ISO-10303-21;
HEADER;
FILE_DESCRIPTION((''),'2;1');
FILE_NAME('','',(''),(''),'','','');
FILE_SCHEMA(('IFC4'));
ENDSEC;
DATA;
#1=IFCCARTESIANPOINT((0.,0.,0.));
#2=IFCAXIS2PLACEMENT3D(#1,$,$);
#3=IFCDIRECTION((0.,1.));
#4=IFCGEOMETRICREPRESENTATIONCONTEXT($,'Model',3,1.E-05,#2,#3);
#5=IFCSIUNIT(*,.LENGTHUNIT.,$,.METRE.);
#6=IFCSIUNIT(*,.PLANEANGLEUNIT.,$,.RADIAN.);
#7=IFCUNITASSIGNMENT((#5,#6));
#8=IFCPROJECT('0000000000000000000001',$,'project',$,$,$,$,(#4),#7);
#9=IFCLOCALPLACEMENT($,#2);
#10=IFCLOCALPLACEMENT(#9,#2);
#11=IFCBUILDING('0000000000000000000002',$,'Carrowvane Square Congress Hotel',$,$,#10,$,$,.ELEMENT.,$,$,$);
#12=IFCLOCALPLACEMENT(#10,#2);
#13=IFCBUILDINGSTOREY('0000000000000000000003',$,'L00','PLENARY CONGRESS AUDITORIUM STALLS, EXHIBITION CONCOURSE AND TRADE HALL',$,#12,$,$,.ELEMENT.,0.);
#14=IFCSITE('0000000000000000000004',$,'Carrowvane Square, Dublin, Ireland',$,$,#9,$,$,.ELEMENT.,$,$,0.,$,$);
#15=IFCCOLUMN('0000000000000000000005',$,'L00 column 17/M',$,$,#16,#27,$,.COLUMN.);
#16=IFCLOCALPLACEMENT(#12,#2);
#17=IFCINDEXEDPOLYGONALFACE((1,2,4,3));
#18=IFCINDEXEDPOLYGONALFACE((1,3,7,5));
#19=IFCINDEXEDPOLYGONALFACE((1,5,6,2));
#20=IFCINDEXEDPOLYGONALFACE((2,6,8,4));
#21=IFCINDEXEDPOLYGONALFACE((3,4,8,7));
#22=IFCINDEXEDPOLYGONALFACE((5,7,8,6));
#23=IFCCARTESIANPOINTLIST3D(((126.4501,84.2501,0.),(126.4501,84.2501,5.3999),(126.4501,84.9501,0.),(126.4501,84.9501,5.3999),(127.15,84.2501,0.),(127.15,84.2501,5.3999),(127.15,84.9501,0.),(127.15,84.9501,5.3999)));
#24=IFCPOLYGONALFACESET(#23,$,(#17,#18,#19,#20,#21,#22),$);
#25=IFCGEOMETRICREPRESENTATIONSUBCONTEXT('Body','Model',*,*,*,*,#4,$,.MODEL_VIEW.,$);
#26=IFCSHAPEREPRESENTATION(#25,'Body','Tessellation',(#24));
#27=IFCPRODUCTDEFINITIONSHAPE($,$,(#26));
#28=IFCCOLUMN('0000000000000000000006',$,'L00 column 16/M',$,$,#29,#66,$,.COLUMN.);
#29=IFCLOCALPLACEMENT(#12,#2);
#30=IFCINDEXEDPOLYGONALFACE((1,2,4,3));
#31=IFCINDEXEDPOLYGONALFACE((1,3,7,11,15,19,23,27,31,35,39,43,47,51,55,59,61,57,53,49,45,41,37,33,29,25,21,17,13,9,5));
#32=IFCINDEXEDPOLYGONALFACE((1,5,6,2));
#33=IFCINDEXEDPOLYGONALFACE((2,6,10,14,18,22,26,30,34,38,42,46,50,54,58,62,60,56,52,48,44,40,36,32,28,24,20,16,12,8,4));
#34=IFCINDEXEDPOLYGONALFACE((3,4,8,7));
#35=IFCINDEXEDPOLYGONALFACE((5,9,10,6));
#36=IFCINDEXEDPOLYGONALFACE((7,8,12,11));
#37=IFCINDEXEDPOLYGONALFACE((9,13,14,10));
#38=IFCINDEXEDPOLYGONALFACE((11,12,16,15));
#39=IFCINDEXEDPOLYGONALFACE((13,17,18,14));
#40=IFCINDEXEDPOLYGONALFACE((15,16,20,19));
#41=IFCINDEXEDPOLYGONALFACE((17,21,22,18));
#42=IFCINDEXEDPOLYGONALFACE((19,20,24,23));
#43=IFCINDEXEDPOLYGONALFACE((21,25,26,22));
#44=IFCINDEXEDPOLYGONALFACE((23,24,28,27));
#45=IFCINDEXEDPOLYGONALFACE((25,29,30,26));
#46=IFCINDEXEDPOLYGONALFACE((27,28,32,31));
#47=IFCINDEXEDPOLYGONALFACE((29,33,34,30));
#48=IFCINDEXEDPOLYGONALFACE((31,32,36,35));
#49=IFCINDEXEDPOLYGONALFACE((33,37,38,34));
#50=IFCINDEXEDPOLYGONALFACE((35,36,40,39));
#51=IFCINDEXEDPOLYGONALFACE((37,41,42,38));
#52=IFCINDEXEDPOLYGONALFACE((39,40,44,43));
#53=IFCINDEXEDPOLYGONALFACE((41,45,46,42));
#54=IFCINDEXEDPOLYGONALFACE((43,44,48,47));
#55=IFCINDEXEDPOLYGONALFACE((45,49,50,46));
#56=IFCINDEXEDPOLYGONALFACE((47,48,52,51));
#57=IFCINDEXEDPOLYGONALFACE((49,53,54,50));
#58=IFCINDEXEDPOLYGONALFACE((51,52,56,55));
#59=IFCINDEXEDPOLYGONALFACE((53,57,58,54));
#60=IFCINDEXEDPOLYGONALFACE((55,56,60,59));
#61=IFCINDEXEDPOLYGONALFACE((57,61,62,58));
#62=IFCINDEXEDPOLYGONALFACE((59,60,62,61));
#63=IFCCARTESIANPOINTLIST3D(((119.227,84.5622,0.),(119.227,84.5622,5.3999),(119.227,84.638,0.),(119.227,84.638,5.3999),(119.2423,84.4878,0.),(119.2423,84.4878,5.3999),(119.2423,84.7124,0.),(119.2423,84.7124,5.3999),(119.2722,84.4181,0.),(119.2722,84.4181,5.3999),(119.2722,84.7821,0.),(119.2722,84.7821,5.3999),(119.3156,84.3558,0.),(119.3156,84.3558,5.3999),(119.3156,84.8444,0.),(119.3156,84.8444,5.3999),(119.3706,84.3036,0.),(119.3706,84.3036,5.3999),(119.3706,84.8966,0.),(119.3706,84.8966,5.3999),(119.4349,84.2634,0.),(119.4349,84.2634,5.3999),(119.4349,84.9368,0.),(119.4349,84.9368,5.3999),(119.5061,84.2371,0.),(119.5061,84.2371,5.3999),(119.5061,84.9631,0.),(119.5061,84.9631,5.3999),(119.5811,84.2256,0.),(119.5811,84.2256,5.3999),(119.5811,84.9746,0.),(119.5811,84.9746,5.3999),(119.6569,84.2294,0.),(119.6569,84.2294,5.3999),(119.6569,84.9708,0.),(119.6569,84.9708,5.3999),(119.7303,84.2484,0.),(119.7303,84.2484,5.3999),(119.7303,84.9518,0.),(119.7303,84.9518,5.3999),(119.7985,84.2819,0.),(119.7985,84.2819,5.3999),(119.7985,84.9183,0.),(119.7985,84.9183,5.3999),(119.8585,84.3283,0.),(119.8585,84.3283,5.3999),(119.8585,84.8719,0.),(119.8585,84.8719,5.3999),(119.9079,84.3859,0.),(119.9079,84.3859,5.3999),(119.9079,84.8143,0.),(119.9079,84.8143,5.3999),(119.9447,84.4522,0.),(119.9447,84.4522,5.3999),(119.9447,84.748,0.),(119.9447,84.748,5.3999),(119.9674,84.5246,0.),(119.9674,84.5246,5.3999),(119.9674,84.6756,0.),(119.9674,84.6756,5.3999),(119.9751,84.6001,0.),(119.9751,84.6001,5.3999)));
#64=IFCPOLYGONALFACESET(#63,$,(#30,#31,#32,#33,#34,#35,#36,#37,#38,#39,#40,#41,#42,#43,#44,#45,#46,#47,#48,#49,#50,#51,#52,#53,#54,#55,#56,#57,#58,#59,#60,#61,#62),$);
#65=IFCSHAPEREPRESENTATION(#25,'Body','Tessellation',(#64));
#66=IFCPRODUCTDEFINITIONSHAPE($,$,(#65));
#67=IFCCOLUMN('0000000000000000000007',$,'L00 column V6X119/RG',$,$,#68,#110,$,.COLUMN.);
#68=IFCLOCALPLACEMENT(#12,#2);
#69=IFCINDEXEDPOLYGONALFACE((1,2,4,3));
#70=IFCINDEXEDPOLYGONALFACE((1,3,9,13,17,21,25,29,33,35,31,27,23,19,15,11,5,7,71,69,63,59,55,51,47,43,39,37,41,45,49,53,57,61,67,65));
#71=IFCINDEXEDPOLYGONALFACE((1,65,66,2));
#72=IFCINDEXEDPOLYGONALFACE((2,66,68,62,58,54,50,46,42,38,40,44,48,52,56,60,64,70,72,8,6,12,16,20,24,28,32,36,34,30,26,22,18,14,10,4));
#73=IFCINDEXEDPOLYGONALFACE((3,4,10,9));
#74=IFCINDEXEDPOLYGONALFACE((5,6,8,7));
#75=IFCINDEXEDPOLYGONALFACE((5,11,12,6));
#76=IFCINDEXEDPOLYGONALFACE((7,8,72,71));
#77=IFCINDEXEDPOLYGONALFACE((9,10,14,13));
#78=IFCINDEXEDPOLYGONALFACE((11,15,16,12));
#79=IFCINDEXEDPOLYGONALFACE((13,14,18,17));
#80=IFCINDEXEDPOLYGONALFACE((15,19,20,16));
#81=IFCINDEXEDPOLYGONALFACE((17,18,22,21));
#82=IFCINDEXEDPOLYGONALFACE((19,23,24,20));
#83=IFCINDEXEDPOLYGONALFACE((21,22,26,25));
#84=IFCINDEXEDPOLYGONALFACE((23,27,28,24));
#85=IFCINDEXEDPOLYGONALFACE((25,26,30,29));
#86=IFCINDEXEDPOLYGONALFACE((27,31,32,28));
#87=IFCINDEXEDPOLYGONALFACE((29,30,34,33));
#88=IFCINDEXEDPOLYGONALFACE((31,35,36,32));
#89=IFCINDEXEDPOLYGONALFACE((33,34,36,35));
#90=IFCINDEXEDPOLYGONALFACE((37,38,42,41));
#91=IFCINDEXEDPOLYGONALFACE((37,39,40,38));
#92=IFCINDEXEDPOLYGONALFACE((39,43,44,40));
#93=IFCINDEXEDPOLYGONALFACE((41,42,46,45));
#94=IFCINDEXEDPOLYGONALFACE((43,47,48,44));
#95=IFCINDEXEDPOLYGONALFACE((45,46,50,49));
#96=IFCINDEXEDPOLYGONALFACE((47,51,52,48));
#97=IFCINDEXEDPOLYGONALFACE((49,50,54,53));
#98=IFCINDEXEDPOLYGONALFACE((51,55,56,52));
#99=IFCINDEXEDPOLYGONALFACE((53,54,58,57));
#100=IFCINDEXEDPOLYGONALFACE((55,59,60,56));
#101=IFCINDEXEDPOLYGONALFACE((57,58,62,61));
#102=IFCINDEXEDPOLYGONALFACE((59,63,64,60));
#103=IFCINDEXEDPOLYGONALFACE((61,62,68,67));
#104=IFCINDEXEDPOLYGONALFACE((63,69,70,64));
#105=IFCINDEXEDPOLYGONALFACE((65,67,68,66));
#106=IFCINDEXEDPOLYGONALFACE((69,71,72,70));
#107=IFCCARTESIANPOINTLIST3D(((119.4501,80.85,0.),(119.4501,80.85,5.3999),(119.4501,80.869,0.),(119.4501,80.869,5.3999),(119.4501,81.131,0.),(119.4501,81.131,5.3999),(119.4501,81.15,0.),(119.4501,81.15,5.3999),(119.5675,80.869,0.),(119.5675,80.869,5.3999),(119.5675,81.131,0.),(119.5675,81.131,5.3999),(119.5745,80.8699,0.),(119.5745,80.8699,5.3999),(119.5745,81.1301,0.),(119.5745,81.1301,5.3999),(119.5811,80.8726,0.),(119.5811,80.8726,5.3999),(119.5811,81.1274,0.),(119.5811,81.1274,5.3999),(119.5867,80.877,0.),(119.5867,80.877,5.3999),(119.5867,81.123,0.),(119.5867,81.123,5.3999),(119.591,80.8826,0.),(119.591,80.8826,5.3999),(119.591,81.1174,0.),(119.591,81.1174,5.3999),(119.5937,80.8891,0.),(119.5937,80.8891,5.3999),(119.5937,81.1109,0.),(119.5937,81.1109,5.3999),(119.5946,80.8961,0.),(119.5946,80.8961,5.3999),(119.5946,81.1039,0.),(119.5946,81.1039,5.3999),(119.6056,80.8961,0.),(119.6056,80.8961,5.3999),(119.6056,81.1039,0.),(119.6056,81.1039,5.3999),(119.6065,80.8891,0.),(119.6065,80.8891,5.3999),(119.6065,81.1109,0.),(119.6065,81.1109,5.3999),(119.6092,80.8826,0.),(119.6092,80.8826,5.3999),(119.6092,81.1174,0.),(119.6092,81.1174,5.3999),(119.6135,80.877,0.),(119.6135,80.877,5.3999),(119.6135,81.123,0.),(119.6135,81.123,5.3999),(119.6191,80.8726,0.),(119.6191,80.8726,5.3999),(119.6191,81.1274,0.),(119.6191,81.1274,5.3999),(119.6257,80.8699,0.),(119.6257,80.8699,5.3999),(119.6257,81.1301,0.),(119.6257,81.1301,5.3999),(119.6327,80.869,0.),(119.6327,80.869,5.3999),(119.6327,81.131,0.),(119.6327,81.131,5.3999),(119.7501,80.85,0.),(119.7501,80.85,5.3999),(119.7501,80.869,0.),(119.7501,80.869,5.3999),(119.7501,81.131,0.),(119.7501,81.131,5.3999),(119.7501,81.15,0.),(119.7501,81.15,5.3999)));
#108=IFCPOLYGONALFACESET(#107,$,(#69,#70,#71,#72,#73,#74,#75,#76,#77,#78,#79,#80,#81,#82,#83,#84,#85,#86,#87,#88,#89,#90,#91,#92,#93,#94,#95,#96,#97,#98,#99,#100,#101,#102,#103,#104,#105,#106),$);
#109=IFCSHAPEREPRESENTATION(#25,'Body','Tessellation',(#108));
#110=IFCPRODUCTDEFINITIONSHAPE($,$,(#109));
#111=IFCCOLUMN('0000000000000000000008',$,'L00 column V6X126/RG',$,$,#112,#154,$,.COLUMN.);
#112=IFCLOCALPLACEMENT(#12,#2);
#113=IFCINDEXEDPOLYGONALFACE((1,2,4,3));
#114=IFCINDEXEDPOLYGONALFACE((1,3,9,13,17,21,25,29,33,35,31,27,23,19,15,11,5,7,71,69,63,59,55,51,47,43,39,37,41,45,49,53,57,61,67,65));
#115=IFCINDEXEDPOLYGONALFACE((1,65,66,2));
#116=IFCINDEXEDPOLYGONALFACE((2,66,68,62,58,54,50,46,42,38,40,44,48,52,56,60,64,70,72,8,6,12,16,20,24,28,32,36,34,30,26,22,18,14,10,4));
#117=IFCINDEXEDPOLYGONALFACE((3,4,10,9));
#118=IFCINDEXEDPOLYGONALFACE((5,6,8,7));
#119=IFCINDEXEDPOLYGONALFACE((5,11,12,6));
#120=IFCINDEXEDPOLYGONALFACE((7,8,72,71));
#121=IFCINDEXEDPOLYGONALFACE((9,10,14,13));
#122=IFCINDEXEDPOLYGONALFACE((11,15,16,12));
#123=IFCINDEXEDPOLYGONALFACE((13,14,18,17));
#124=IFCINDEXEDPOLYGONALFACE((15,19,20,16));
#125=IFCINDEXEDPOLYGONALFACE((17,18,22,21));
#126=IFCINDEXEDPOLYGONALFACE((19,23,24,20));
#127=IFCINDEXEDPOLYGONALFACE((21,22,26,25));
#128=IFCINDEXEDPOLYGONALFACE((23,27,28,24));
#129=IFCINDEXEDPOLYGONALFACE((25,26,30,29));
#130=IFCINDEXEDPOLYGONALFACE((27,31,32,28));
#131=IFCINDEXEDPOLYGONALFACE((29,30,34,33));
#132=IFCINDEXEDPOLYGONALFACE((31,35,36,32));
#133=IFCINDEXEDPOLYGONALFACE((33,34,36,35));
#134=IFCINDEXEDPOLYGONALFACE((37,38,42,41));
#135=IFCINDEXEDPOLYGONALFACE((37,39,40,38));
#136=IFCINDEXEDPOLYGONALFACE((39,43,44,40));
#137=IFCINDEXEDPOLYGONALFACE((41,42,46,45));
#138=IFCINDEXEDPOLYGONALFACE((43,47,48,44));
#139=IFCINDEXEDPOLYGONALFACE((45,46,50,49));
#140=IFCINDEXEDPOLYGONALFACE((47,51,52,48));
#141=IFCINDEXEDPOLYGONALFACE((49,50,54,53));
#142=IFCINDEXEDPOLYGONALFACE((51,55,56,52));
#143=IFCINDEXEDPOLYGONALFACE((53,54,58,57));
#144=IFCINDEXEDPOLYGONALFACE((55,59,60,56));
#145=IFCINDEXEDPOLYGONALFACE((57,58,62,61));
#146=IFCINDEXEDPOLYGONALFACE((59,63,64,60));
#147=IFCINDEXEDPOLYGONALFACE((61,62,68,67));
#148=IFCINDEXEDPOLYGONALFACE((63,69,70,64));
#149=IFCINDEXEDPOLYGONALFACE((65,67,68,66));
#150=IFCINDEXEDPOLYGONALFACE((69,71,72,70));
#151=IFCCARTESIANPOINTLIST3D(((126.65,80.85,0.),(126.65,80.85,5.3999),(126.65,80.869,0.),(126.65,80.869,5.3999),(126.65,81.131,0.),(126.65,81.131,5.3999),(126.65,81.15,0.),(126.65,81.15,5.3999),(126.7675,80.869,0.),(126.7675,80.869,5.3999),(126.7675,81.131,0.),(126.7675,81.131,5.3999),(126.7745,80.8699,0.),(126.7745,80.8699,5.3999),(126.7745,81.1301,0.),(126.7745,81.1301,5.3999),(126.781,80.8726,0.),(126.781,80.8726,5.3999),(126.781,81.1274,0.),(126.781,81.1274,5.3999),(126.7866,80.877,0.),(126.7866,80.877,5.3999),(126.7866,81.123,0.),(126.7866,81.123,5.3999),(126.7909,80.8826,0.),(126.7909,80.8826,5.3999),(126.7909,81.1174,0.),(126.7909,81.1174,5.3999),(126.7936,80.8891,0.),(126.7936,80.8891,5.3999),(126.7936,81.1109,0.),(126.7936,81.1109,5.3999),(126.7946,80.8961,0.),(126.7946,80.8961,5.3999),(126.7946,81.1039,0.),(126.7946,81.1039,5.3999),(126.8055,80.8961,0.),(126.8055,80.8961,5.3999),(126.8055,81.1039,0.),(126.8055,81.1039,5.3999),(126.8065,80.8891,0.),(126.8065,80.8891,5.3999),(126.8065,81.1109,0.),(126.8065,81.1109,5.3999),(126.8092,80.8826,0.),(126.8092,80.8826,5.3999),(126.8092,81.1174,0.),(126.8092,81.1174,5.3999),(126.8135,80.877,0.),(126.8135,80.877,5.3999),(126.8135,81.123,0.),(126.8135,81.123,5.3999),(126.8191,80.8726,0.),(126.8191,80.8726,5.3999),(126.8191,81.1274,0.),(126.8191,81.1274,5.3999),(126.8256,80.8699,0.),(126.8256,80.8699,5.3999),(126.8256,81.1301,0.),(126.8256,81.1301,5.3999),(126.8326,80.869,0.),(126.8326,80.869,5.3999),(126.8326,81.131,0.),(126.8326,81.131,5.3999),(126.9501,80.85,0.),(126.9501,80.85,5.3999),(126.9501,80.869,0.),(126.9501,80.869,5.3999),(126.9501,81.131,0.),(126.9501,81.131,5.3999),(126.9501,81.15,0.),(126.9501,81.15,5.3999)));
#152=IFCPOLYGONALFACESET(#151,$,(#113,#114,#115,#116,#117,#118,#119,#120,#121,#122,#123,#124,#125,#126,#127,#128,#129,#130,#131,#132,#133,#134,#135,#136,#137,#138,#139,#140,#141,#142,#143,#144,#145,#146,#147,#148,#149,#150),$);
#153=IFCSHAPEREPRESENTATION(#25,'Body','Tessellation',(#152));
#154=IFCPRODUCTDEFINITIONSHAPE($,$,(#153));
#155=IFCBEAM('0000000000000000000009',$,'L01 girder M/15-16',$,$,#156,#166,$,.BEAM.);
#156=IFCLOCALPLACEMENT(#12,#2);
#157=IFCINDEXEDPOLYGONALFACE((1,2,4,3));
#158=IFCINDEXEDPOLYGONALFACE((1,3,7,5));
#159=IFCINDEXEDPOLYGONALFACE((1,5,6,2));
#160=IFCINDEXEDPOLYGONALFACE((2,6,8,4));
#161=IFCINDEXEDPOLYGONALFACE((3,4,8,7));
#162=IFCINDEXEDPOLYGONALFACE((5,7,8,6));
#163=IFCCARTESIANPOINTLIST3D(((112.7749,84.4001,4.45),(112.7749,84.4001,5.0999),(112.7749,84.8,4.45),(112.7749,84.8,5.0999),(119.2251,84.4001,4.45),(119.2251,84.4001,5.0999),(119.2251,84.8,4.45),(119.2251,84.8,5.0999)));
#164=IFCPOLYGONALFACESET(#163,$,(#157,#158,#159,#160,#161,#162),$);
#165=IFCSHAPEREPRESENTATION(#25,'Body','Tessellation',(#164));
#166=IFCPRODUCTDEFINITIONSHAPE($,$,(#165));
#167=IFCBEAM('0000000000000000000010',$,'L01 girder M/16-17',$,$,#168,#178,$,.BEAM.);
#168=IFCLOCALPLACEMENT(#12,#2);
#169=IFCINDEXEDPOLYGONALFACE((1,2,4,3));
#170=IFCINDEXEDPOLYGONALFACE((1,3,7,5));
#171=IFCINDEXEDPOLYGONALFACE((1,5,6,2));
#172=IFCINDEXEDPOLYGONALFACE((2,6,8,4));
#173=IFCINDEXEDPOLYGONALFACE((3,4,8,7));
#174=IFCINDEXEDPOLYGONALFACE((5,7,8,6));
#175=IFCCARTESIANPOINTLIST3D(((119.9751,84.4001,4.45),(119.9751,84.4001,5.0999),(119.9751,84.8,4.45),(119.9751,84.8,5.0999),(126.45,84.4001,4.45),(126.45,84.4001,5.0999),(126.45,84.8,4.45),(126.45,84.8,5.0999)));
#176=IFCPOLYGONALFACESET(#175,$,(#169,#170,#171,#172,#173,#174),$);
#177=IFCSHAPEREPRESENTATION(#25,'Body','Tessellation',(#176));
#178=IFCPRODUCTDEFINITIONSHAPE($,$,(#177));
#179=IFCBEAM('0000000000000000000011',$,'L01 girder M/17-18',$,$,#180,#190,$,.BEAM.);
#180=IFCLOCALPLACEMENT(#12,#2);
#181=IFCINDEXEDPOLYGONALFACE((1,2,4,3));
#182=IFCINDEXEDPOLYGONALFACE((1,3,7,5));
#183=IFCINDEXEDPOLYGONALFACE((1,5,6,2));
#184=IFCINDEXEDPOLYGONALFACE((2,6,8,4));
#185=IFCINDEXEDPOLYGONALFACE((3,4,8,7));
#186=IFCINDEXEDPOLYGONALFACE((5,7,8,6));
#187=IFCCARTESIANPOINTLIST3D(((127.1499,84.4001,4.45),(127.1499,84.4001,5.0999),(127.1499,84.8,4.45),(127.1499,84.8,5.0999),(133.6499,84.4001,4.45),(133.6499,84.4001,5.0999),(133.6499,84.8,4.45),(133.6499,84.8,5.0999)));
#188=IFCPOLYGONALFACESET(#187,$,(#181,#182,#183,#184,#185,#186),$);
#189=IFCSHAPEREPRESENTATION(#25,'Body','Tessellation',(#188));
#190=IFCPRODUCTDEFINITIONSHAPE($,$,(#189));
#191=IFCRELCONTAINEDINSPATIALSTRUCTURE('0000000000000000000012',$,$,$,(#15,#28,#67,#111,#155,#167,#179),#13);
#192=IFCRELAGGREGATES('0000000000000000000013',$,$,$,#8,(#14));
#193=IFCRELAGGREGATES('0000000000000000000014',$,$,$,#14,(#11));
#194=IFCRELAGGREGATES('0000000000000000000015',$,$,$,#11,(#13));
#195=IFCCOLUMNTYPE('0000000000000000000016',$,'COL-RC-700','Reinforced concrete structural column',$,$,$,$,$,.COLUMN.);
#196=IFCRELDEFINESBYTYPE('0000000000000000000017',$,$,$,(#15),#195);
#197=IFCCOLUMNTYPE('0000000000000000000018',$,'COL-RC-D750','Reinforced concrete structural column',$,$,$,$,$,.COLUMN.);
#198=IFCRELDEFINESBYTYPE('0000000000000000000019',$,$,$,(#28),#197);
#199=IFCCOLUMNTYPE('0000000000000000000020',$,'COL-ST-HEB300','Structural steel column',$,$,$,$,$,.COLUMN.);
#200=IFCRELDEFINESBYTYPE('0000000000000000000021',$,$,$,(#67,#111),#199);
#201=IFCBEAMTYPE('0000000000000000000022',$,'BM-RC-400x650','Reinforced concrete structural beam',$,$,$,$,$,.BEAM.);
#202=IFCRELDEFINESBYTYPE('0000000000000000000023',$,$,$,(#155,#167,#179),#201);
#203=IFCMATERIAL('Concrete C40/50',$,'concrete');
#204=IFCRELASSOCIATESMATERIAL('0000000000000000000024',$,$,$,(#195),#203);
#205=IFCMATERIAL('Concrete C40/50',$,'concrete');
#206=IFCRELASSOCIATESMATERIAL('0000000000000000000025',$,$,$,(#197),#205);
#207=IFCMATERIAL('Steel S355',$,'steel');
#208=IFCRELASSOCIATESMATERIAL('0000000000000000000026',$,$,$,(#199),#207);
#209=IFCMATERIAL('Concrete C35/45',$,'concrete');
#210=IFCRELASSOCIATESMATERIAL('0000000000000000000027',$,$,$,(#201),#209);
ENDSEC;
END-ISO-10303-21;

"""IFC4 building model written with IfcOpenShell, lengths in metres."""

from ifc_helpers import new_model, si_unit, direction, frame, origin, origin_2d, place, context, subcontext, project, spatial, rectangle, circle, i_section, extrude, material, material_profile, profile_set, type_object, element, save


model = new_model("IFC4")

# Units and contexts
model_context = context("Model", 3, precision=1e-05, world=origin(), true_north=direction((0.0, 1.0)))
body_context = subcontext(model_context, "Body", "Model", "MODEL_VIEW")
ifc_project = project(units=[si_unit("LENGTHUNIT", "METRE"), si_unit("PLANEANGLEUNIT", "RADIAN")], contexts=[model_context])

# Site, building, storey
site_placement = place(None, origin())
site = spatial("IfcSite", under=ifc_project, at=site_placement, Name="Carrowvane Square, Dublin, Ireland", CompositionType="ELEMENT", RefElevation=0.0)
building_placement = place(site_placement, origin())
building = spatial("IfcBuilding", under=site, at=building_placement, Name="Carrowvane Square Congress Hotel", CompositionType="ELEMENT")
storey_placement = place(building_placement, origin())
storey = spatial("IfcBuildingStorey", under=building, at=storey_placement, Name="L00", Description="PLENARY CONGRESS AUDITORIUM STALLS, EXHIBITION CONCOURSE AND TRADE HALL", CompositionType="ELEMENT", Elevation=0.0)

# Columns
ifc_material_1 = material(Name="Concrete C40/50", Category="concrete")
ifc_material_profile_1 = material_profile(ifc_material_1, rectangle(XDim=0.7, YDim=0.7, at=origin_2d()), Name="RC 700x700")
ifc_profile_set_1 = profile_set([ifc_material_profile_1], Name="Concrete C40/50")
column_type_1 = type_object("IfcColumnType", Name="COL-RC-700", Description="Reinforced concrete structural column", PredefinedType="COLUMN", material=ifc_profile_set_1)
column_1_placement = place(storey_placement, frame((126.8, 84.6001, 0.0), z_axis=(0.0, 0.0, 1.0), x_axis=(1.0, 0.0, 0.0)))
element("IfcColumn", 1, at=column_1_placement, inside=storey, type_object=column_type_1, Name="L00 column 17/M", PredefinedType="COLUMN", context=body_context, shape_type="SweptSolid", body=[
    extrude(rectangle(XDim=0.7, YDim=0.7, at=origin_2d()), origin(), (0.0, 0.0, 1.0), 5.3999),
])
ifc_material_2 = material(Name="Concrete C40/50", Category="concrete")
ifc_material_profile_2 = material_profile(ifc_material_2, circle(Radius=0.375, at=origin_2d()), Name="RC D750")
ifc_profile_set_2 = profile_set([ifc_material_profile_2], Name="Concrete C40/50")
column_type_2 = type_object("IfcColumnType", Name="COL-RC-D750", Description="Reinforced concrete structural column", PredefinedType="COLUMN", material=ifc_profile_set_2)
column_2_placement = place(storey_placement, frame((119.6001, 84.6001, 0.0), z_axis=(0.0, 0.0, 1.0), x_axis=(1.0, 0.0, 0.0)))
element("IfcColumn", 2, at=column_2_placement, inside=storey, type_object=column_type_2, Name="L00 column 16/M", PredefinedType="COLUMN", context=body_context, shape_type="SweptSolid", body=[
    extrude(circle(Radius=0.375, at=origin_2d()), origin(), (0.0, 0.0, 1.0), 5.3999),
])
ifc_material_3 = material(Name="Steel S355", Category="steel")
ifc_material_profile_3 = material_profile(ifc_material_3, i_section(OverallWidth=0.3, OverallDepth=0.3, WebThickness=0.011, FlangeThickness=0.019, FilletRadius=0.0271, at=origin_2d()), Name="HEB 300")
ifc_profile_set_3 = profile_set([ifc_material_profile_3], Name="Steel S355")
column_type_3 = type_object("IfcColumnType", Name="COL-ST-HEB300", Description="Structural steel column", PredefinedType="COLUMN", material=ifc_profile_set_3)
for number, where, z_axis, x_axis, name in (
    (3, (119.6001, 81.0, 0.0), (0.0, 0.0, 1.0), (1.0, 0.0, 0.0), "L00 column V6X119/RG"),
    (4, (126.8, 81.0, 0.0), (0.0, 0.0, 1.0), (1.0, 0.0, 0.0), "L00 column V6X126/RG"),
):
    element("IfcColumn", number, at=place(storey_placement, frame(where, z_axis=z_axis, x_axis=x_axis)), inside=storey, type_object=column_type_3, Name=name, PredefinedType="COLUMN", context=body_context, shape_type="SweptSolid", body=[
        extrude(i_section(OverallWidth=0.3, OverallDepth=0.3, WebThickness=0.011, FlangeThickness=0.019, FilletRadius=0.0271, at=origin_2d()), origin(), (0.0, 0.0, 1.0), 5.3999),
    ])

# Beams
ifc_material_4 = material(Name="Concrete C35/45", Category="concrete")
ifc_material_profile_4 = material_profile(ifc_material_4, rectangle(XDim=0.3999, YDim=0.6499, at=origin_2d()), Name="RC 400x650")
ifc_profile_set_4 = profile_set([ifc_material_profile_4], Name="Concrete C35/45")
beam_type_1 = type_object("IfcBeamType", Name="BM-RC-400x650", Description="Reinforced concrete structural beam", PredefinedType="BEAM", material=ifc_profile_set_4)
beam_1_placement = place(storey_placement, frame((112.7749, 84.6001, 4.7749), z_axis=(1.0, 0.0, 0.0), x_axis=(0.0, 1.0, 0.0)))
element("IfcBeam", 5, at=beam_1_placement, inside=storey, type_object=beam_type_1, Name="L01 girder M/15-16", PredefinedType="BEAM", context=body_context, shape_type="SweptSolid", body=[
    extrude(rectangle(XDim=0.3999, YDim=0.6499, at=origin_2d()), origin(), (0.0, 0.0, 1.0), 6.4502),
])
beam_2_placement = place(storey_placement, frame((119.9751, 84.6001, 4.7749), z_axis=(1.0, 0.0, 0.0), x_axis=(0.0, 1.0, 0.0)))
element("IfcBeam", 6, at=beam_2_placement, inside=storey, type_object=beam_type_1, Name="L01 girder M/16-17", PredefinedType="BEAM", context=body_context, shape_type="SweptSolid", body=[
    extrude(rectangle(XDim=0.3999, YDim=0.6499, at=origin_2d()), origin(), (0.0, 0.0, 1.0), 6.4749),
])
beam_3_placement = place(storey_placement, frame((127.1499, 84.6001, 4.7749), z_axis=(1.0, 0.0, 0.0), x_axis=(0.0, 1.0, 0.0)))
element("IfcBeam", 7, at=beam_3_placement, inside=storey, type_object=beam_type_1, Name="L01 girder M/17-18", PredefinedType="BEAM", context=body_context, shape_type="SweptSolid", body=[
    extrude(rectangle(XDim=0.3999, YDim=0.6499, at=origin_2d()), origin(), (0.0, 0.0, 1.0), 6.5),
])

save(model, "model.ifc")
